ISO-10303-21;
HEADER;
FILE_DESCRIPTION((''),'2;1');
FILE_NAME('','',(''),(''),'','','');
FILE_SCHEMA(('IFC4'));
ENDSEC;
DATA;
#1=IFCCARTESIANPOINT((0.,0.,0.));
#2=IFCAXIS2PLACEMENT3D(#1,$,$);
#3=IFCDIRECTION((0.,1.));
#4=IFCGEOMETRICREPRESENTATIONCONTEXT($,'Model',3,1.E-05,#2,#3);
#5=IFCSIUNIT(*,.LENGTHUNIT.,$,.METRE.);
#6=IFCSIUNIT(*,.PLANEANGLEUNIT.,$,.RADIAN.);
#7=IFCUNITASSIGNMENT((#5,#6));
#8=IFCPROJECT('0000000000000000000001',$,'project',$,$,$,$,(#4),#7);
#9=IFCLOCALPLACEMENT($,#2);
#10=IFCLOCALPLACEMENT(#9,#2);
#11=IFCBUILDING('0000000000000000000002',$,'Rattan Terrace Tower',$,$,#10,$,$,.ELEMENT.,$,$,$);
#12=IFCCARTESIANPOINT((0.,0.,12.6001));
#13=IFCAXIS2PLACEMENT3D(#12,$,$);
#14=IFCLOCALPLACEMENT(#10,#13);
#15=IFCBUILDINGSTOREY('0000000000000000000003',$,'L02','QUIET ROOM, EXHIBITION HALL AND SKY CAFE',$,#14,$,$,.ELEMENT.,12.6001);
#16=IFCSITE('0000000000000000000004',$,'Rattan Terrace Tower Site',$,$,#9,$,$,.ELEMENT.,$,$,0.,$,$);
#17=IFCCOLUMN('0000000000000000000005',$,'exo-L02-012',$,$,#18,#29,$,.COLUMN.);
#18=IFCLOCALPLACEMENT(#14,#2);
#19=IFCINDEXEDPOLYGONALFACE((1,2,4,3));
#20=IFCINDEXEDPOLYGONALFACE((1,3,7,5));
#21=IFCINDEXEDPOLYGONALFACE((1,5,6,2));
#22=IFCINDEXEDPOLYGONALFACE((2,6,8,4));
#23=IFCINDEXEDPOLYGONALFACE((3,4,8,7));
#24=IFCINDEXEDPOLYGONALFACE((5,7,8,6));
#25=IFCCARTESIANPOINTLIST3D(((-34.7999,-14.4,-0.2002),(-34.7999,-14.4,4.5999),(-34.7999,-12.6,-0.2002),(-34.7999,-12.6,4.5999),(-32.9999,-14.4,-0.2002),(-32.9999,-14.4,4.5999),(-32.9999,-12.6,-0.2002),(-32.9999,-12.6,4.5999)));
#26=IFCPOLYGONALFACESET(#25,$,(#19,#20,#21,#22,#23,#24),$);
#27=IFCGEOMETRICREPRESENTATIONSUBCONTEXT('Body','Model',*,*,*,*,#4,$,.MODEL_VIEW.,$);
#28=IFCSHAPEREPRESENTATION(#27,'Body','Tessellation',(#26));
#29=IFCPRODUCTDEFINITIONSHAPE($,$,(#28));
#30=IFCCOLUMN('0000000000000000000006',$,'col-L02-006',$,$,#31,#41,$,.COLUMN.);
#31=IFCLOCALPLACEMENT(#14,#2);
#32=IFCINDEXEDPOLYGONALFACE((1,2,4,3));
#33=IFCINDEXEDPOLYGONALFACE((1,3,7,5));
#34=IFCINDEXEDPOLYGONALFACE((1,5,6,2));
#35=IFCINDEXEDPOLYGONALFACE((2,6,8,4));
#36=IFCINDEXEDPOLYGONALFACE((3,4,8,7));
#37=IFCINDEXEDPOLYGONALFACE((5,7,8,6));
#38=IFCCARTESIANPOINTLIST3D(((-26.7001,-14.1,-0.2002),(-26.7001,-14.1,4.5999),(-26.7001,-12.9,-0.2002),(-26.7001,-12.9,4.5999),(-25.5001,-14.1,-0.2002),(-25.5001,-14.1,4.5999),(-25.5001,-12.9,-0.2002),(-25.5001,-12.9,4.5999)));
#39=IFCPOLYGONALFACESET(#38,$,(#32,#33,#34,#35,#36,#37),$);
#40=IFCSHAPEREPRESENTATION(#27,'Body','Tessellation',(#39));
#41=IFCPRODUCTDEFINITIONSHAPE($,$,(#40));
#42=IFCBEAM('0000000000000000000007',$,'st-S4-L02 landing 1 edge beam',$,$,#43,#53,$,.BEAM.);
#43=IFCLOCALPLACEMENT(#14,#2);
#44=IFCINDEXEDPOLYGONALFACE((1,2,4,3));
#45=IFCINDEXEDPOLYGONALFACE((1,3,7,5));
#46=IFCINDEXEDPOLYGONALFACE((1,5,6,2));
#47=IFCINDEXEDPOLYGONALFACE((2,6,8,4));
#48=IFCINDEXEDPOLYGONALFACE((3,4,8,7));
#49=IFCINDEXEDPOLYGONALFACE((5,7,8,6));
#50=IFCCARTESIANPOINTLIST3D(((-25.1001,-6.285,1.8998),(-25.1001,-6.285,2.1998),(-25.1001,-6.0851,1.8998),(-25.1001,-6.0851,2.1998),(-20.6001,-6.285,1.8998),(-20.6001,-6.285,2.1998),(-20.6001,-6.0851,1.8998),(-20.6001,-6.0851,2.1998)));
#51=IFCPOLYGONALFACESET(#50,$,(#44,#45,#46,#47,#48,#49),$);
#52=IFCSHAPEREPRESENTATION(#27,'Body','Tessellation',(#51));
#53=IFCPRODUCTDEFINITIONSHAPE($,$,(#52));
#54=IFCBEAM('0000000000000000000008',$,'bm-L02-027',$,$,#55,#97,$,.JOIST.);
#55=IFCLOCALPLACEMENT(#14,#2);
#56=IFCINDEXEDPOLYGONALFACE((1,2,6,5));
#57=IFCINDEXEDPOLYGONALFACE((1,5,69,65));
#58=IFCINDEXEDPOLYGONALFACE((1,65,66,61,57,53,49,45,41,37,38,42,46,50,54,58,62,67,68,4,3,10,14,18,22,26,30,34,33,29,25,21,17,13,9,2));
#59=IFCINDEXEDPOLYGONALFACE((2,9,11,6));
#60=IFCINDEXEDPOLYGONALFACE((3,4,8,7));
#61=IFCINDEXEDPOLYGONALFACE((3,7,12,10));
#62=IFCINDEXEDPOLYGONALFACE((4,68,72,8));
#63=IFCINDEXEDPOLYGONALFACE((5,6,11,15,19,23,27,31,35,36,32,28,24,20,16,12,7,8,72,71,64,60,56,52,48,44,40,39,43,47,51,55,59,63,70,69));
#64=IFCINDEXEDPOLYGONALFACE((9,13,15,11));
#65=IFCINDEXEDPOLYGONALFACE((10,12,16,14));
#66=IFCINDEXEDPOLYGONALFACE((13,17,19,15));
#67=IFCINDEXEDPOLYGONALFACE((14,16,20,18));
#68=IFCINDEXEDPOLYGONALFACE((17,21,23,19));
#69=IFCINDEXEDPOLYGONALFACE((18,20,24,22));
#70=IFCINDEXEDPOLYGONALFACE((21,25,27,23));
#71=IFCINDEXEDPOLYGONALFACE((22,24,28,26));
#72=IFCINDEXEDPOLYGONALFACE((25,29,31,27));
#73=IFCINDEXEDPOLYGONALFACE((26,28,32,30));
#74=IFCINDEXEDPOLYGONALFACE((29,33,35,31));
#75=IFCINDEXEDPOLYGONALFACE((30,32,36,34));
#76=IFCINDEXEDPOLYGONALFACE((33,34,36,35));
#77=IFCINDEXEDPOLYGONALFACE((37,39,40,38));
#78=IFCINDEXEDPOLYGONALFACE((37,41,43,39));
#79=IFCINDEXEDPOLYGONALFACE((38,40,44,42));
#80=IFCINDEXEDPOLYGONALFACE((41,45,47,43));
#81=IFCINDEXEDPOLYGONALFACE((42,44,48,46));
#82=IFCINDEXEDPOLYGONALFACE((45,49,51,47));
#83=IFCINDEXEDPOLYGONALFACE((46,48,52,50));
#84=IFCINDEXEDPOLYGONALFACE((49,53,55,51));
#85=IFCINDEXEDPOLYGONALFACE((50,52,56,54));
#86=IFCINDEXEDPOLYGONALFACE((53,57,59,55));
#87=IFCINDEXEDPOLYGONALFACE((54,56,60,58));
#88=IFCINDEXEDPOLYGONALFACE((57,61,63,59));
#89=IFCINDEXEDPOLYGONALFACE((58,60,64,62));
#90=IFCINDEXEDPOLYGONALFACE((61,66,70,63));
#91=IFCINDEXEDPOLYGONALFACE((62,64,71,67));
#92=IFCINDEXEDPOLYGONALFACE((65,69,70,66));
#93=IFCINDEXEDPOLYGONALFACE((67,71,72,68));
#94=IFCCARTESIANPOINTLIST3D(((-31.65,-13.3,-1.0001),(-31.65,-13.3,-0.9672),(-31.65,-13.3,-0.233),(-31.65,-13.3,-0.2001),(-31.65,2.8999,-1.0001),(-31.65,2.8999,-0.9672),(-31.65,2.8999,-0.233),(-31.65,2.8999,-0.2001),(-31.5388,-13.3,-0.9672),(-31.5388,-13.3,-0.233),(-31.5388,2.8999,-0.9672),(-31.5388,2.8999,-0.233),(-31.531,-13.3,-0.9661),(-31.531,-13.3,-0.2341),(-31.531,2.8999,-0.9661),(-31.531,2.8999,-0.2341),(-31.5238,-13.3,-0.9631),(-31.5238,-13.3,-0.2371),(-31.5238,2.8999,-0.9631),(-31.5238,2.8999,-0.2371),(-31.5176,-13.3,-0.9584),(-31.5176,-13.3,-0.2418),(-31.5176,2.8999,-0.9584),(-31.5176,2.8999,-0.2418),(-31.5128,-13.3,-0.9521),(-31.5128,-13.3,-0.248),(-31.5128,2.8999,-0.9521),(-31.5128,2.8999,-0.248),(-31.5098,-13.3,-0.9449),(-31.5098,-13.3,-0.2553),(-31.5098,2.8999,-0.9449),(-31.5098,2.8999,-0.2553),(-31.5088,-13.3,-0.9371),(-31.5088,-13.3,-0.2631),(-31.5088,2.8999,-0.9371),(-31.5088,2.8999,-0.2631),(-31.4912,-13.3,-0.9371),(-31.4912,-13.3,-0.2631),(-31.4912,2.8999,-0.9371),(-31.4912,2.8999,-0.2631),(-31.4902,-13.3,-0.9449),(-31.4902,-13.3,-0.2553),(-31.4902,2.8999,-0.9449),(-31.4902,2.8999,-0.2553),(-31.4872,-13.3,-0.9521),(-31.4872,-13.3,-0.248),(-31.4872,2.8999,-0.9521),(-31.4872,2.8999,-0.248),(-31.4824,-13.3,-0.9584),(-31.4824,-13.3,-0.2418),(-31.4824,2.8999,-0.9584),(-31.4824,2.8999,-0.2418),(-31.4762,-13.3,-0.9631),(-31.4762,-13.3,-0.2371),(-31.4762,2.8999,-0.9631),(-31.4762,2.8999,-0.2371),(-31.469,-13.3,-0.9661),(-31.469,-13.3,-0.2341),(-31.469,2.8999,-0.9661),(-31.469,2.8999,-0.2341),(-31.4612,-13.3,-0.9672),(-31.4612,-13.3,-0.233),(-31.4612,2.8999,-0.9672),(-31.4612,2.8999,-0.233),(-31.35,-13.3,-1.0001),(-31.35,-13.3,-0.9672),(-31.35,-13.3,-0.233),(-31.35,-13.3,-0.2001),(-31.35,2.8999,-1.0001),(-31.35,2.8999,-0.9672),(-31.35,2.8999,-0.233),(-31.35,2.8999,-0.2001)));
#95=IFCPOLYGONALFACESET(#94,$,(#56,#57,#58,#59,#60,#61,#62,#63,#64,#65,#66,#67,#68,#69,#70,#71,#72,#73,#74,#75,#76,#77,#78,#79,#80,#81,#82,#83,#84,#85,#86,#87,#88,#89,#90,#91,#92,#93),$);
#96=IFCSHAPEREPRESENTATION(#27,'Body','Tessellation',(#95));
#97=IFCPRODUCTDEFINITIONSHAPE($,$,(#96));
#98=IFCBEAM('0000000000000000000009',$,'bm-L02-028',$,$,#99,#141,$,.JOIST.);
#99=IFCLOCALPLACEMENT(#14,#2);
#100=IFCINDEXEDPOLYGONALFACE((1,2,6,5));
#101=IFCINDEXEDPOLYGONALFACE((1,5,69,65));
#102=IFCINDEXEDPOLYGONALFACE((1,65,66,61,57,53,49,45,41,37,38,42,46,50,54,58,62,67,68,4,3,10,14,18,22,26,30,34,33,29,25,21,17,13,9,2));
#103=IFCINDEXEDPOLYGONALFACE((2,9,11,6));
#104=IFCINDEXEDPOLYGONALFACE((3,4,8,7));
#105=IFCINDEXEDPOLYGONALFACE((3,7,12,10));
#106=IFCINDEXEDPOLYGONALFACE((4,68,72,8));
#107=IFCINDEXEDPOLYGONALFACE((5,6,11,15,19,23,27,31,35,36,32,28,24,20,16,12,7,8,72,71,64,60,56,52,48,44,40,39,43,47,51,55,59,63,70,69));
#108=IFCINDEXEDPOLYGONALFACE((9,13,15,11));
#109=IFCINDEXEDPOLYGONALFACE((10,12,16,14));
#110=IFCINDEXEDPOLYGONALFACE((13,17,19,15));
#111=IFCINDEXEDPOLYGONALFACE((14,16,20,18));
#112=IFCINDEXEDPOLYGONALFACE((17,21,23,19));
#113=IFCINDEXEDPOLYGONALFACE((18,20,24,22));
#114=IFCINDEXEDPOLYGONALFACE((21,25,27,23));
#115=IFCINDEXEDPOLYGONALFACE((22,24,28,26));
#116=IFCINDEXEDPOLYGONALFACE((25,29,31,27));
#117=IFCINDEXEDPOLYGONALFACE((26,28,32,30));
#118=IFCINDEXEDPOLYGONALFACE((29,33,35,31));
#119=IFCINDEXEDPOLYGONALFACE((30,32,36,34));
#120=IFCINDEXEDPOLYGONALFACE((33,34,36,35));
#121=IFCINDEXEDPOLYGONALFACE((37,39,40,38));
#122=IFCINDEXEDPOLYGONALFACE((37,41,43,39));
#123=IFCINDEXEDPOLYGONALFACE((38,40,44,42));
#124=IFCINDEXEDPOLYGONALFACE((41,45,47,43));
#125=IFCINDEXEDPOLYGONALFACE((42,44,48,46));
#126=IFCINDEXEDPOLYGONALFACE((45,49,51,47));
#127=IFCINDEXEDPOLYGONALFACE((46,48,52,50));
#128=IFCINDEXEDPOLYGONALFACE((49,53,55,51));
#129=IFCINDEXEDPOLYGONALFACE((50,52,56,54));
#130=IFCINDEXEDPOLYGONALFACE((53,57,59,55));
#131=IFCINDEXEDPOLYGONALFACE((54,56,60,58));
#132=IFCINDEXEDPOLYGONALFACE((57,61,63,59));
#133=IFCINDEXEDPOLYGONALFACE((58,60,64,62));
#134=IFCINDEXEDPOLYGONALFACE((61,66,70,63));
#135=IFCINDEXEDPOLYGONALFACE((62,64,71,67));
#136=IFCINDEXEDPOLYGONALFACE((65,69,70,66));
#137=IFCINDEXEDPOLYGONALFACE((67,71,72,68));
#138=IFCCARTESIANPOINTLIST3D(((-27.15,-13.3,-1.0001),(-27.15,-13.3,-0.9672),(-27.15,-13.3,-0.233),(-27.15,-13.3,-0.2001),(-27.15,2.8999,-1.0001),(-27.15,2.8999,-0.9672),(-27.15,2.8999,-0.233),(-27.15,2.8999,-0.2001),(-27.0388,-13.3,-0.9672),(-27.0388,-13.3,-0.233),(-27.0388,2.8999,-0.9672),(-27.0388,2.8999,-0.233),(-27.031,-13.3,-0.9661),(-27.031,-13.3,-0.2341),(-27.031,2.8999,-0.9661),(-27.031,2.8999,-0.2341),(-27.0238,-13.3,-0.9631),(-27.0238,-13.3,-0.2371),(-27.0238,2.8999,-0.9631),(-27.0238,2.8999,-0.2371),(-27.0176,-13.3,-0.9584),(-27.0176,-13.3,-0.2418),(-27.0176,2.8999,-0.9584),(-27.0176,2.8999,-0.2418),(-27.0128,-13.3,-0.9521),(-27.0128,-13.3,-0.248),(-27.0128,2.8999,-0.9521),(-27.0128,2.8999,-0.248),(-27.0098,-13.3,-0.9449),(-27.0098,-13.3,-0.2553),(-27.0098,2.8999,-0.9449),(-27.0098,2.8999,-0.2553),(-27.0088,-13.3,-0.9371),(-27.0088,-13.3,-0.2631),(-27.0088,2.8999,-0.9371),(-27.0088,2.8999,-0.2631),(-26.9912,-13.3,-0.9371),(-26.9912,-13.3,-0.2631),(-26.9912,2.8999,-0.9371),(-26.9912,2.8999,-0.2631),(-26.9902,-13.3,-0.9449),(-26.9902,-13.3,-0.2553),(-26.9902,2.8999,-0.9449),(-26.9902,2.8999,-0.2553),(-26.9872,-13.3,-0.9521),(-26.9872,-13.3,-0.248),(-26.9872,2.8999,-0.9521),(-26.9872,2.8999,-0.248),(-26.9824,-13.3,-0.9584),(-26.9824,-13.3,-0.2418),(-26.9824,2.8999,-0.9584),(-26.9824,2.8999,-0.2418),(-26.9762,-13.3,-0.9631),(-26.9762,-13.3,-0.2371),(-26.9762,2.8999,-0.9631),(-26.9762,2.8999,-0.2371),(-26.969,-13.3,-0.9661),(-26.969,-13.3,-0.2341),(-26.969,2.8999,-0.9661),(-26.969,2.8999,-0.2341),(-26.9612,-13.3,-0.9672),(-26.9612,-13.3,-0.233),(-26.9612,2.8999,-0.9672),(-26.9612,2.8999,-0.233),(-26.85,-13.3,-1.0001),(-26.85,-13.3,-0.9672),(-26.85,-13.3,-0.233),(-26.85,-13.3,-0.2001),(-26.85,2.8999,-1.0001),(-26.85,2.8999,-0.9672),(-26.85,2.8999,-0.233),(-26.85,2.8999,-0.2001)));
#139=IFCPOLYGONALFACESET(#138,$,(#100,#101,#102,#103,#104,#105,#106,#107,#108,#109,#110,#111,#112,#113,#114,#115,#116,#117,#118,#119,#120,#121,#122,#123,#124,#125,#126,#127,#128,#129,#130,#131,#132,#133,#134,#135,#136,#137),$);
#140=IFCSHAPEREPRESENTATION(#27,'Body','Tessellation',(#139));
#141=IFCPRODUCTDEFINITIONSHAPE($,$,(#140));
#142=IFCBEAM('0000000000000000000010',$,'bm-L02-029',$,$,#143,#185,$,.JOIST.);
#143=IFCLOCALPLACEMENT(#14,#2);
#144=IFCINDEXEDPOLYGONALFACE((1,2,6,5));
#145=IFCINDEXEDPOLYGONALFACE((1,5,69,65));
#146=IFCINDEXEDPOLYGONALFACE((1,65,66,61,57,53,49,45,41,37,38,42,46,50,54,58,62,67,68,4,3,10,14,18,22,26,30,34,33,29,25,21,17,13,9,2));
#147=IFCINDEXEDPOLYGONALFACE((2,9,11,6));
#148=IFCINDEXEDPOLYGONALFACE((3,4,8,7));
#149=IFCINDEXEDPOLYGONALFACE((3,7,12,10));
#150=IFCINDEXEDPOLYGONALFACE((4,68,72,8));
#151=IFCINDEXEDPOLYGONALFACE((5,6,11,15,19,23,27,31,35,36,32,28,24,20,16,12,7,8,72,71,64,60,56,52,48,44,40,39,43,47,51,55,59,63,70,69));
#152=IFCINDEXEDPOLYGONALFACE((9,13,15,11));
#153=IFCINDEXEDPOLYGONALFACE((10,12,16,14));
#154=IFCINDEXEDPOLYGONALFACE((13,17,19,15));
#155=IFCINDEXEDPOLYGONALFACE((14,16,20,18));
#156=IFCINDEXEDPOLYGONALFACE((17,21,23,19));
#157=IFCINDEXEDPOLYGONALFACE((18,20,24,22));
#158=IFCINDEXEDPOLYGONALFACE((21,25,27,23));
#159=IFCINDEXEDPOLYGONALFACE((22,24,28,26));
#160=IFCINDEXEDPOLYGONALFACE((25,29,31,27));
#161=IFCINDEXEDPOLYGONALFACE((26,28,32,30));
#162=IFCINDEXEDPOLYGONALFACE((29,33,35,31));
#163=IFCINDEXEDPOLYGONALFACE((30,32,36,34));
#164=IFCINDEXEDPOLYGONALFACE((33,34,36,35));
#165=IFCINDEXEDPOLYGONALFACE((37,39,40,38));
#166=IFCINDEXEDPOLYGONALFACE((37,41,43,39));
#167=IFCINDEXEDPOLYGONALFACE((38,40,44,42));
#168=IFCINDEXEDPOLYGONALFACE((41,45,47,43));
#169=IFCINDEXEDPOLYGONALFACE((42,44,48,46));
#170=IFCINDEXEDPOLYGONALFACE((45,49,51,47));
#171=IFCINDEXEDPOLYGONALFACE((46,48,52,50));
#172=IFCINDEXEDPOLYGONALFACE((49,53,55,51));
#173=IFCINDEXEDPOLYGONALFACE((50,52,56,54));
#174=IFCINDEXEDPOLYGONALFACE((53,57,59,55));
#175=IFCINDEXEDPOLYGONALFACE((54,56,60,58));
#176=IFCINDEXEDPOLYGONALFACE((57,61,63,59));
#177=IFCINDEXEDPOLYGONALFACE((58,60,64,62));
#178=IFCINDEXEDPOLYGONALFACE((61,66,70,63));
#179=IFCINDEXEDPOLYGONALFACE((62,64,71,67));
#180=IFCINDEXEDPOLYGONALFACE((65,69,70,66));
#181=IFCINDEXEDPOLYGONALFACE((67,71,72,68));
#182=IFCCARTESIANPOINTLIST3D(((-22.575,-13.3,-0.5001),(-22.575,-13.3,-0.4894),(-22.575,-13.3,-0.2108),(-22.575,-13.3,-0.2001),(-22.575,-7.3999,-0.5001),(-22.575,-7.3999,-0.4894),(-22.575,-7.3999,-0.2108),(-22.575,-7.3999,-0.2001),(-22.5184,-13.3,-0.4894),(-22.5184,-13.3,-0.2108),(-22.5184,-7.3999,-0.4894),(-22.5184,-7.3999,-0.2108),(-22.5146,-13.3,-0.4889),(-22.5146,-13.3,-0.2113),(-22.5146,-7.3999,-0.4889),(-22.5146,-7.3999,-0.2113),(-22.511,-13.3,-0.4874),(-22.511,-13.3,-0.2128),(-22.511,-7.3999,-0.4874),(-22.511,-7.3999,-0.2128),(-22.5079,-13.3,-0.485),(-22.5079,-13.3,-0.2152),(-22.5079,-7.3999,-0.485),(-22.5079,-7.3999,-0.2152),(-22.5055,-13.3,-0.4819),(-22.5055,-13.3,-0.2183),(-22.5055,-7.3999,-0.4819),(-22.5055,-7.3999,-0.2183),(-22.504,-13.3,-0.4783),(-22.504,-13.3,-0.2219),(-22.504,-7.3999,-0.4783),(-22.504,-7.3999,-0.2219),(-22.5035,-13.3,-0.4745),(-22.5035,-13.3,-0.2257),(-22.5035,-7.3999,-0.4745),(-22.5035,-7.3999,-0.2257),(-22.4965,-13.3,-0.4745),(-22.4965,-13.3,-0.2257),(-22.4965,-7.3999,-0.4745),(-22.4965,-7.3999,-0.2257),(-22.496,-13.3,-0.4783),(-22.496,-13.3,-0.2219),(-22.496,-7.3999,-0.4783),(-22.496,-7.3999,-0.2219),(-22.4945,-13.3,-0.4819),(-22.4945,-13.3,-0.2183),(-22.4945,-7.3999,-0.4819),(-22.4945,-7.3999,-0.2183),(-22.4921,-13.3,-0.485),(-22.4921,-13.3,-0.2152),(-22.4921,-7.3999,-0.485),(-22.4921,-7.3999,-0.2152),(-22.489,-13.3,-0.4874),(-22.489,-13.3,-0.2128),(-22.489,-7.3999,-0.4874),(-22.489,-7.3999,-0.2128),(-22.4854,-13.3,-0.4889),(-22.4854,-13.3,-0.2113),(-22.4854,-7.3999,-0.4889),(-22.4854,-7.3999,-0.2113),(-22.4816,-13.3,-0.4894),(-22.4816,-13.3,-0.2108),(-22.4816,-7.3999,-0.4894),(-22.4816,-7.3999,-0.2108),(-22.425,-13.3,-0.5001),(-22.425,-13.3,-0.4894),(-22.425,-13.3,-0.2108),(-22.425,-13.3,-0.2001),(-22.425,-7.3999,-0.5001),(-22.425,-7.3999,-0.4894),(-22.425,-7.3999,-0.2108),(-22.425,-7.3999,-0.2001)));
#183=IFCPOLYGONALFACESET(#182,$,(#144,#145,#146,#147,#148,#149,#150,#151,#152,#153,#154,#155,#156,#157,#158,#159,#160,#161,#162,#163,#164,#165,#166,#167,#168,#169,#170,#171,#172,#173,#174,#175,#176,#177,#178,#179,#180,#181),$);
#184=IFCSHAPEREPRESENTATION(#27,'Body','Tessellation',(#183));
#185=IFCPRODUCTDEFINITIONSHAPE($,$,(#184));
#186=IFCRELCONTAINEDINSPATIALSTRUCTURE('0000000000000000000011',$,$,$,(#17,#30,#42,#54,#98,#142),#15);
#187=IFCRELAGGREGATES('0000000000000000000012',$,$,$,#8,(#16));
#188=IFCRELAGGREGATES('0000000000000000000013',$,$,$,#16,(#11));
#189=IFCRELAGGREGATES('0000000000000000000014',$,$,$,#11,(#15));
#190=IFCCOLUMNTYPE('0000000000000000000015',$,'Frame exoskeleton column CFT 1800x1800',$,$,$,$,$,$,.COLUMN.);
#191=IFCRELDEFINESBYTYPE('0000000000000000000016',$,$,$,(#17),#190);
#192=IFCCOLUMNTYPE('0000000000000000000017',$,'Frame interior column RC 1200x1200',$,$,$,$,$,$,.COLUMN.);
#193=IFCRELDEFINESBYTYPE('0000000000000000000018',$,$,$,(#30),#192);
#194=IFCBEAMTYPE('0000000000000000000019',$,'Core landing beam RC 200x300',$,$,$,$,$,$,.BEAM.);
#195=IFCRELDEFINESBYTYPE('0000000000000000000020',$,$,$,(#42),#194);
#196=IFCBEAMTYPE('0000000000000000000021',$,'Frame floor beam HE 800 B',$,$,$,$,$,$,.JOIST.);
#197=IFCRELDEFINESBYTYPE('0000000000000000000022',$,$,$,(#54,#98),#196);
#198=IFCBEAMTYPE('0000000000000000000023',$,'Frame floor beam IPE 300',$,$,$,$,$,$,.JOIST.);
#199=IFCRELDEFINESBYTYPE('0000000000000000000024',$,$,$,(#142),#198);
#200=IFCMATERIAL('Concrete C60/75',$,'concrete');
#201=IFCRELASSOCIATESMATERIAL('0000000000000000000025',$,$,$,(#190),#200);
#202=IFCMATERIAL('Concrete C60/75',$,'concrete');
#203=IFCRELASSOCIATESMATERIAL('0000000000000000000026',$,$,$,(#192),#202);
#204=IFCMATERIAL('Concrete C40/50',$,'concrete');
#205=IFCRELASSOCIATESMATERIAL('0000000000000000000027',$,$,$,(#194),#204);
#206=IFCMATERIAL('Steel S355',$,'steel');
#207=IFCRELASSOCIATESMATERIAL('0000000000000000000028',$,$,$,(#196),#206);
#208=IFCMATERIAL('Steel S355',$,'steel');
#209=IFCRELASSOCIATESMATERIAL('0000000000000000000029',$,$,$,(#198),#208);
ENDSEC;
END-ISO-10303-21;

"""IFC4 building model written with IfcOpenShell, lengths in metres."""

from ifc_helpers import new_model, si_unit, direction, frame, origin, origin_2d, place, context, subcontext, project, spatial, rectangle, i_section, extrude, material, material_profile, profile_set, type_object, element, save


model = new_model("IFC4")

# Units and contexts
model_context = context("Model", 3, precision=1e-05, world=origin(), true_north=direction((0.0, 1.0)))
body_context = subcontext(model_context, "Body", "Model", "MODEL_VIEW")
ifc_project = project(units=[si_unit("LENGTHUNIT", "METRE"), si_unit("PLANEANGLEUNIT", "RADIAN")], contexts=[model_context])

# Site, building, storey
site_placement = place(None, origin())
site = spatial("IfcSite", under=ifc_project, at=site_placement, Name="Rattan Terrace Tower Site", CompositionType="ELEMENT", RefElevation=0.0)
building_placement = place(site_placement, origin())
building = spatial("IfcBuilding", under=site, at=building_placement, Name="Rattan Terrace Tower", CompositionType="ELEMENT")
storey_placement = place(building_placement, frame((0.0, 0.0, 12.6001)))
storey = spatial("IfcBuildingStorey", under=building, at=storey_placement, Name="L02", Description="QUIET ROOM, EXHIBITION HALL AND SKY CAFE", CompositionType="ELEMENT", Elevation=12.6001)

# Columns
ifc_material_1 = material(Name="Concrete C60/75", Category="concrete")
ifc_material_profile_1 = material_profile(ifc_material_1, rectangle(XDim=1.8, YDim=1.8, at=origin_2d()), Name="CFT 1800x1800")
ifc_profile_set_1 = profile_set([ifc_material_profile_1], Name="Concrete C60/75")
column_type_1 = type_object("IfcColumnType", Name="Frame exoskeleton column CFT 1800x1800", PredefinedType="COLUMN", material=ifc_profile_set_1)
column_1_placement = place(storey_placement, frame((-33.8999, -13.5, -0.2002), z_axis=(0.0, 0.0, 1.0), x_axis=(0.0, 1.0, 0.0)))
element("IfcColumn", 1, at=column_1_placement, inside=storey, type_object=column_type_1, Name="exo-L02-012", PredefinedType="COLUMN", context=body_context, shape_type="SweptSolid", body=[
    extrude(rectangle(XDim=1.8, YDim=1.8, at=origin_2d()), origin(), (0.0, 0.0, 1.0), 4.8),
])
ifc_material_2 = material(Name="Concrete C60/75", Category="concrete")
ifc_material_profile_2 = material_profile(ifc_material_2, rectangle(XDim=1.2, YDim=1.2, at=origin_2d()), Name="RC 1200x1200")
ifc_profile_set_2 = profile_set([ifc_material_profile_2], Name="Concrete C60/75")
column_type_2 = type_object("IfcColumnType", Name="Frame interior column RC 1200x1200", PredefinedType="COLUMN", material=ifc_profile_set_2)
column_2_placement = place(storey_placement, frame((-26.1001, -13.5, -0.2002), z_axis=(0.0, 0.0, 1.0), x_axis=(1.0, 0.0, 0.0)))
element("IfcColumn", 2, at=column_2_placement, inside=storey, type_object=column_type_2, Name="col-L02-006", PredefinedType="COLUMN", context=body_context, shape_type="SweptSolid", body=[
    extrude(rectangle(XDim=1.2, YDim=1.2, at=origin_2d()), origin(), (0.0, 0.0, 1.0), 4.8),
])

# Beams
ifc_material_3 = material(Name="Concrete C40/50", Category="concrete")
ifc_material_profile_3 = material_profile(ifc_material_3, rectangle(XDim=0.2, YDim=0.3, at=origin_2d()), Name="RC 200x300")
ifc_profile_set_3 = profile_set([ifc_material_profile_3], Name="Concrete C40/50")
beam_type_1 = type_object("IfcBeamType", Name="Core landing beam RC 200x300", PredefinedType="BEAM", material=ifc_profile_set_3)
beam_1_placement = place(storey_placement, frame((-25.1001, -6.1851, 2.0498), z_axis=(1.0, 0.0, 0.0), x_axis=(0.0, 1.0, 0.0)))
element("IfcBeam", 3, at=beam_1_placement, inside=storey, type_object=beam_type_1, Name="st-S4-L02 landing 1 edge beam", PredefinedType="BEAM", context=body_context, shape_type="SweptSolid", body=[
    extrude(rectangle(XDim=0.2, YDim=0.3, at=origin_2d()), origin(), (0.0, 0.0, 1.0), 4.5),
])
ifc_material_4 = material(Name="Steel S355", Category="steel")
ifc_material_profile_4 = material_profile(ifc_material_4, i_section(OverallWidth=0.3, OverallDepth=0.8, WebThickness=0.0176, FlangeThickness=0.033, FilletRadius=0.03, at=origin_2d()), Name="HE 800 B")
ifc_profile_set_4 = profile_set([ifc_material_profile_4], Name="Steel S355")
beam_type_2 = type_object("IfcBeamType", Name="Frame floor beam HE 800 B", PredefinedType="JOIST", material=ifc_profile_set_4)
for number, where, z_axis, x_axis, name in (
    (4, (-31.5, -13.3, -0.6001), (0.0, 1.0, 0.0), (-1.0, 0.0, 0.0), "bm-L02-027"),
    (5, (-27.0, -13.3, -0.6001), (0.0, 1.0, 0.0), (-1.0, 0.0, 0.0), "bm-L02-028"),
):
    element("IfcBeam", number, at=place(storey_placement, frame(where, z_axis=z_axis, x_axis=x_axis)), inside=storey, type_object=beam_type_2, Name=name, PredefinedType="JOIST", context=body_context, shape_type="SweptSolid", body=[
        extrude(i_section(OverallWidth=0.3, OverallDepth=0.8, WebThickness=0.0176, FlangeThickness=0.033, FilletRadius=0.03, at=origin_2d()), origin(), (0.0, 0.0, 1.0), 16.2),
    ])
ifc_material_5 = material(Name="Steel S355", Category="steel")
ifc_material_profile_5 = material_profile(ifc_material_5, i_section(OverallWidth=0.1499, OverallDepth=0.3, WebThickness=0.0071, FlangeThickness=0.0107, FilletRadius=0.0149, at=origin_2d()), Name="IPE 300")
ifc_profile_set_5 = profile_set([ifc_material_profile_5], Name="Steel S355")
beam_type_3 = type_object("IfcBeamType", Name="Frame floor beam IPE 300", PredefinedType="JOIST", material=ifc_profile_set_5)
beam_2_placement = place(storey_placement, frame((-22.5, -13.3, -0.3501), z_axis=(0.0, 1.0, 0.0), x_axis=(-1.0, 0.0, 0.0)))
element("IfcBeam", 6, at=beam_2_placement, inside=storey, type_object=beam_type_3, Name="bm-L02-029", PredefinedType="JOIST", context=body_context, shape_type="SweptSolid", body=[
    extrude(i_section(OverallWidth=0.1499, OverallDepth=0.3, WebThickness=0.0071, FlangeThickness=0.0107, FilletRadius=0.0149, at=origin_2d()), origin(), (0.0, 0.0, 1.0), 5.9001),
])

save(model, "model.ifc")
